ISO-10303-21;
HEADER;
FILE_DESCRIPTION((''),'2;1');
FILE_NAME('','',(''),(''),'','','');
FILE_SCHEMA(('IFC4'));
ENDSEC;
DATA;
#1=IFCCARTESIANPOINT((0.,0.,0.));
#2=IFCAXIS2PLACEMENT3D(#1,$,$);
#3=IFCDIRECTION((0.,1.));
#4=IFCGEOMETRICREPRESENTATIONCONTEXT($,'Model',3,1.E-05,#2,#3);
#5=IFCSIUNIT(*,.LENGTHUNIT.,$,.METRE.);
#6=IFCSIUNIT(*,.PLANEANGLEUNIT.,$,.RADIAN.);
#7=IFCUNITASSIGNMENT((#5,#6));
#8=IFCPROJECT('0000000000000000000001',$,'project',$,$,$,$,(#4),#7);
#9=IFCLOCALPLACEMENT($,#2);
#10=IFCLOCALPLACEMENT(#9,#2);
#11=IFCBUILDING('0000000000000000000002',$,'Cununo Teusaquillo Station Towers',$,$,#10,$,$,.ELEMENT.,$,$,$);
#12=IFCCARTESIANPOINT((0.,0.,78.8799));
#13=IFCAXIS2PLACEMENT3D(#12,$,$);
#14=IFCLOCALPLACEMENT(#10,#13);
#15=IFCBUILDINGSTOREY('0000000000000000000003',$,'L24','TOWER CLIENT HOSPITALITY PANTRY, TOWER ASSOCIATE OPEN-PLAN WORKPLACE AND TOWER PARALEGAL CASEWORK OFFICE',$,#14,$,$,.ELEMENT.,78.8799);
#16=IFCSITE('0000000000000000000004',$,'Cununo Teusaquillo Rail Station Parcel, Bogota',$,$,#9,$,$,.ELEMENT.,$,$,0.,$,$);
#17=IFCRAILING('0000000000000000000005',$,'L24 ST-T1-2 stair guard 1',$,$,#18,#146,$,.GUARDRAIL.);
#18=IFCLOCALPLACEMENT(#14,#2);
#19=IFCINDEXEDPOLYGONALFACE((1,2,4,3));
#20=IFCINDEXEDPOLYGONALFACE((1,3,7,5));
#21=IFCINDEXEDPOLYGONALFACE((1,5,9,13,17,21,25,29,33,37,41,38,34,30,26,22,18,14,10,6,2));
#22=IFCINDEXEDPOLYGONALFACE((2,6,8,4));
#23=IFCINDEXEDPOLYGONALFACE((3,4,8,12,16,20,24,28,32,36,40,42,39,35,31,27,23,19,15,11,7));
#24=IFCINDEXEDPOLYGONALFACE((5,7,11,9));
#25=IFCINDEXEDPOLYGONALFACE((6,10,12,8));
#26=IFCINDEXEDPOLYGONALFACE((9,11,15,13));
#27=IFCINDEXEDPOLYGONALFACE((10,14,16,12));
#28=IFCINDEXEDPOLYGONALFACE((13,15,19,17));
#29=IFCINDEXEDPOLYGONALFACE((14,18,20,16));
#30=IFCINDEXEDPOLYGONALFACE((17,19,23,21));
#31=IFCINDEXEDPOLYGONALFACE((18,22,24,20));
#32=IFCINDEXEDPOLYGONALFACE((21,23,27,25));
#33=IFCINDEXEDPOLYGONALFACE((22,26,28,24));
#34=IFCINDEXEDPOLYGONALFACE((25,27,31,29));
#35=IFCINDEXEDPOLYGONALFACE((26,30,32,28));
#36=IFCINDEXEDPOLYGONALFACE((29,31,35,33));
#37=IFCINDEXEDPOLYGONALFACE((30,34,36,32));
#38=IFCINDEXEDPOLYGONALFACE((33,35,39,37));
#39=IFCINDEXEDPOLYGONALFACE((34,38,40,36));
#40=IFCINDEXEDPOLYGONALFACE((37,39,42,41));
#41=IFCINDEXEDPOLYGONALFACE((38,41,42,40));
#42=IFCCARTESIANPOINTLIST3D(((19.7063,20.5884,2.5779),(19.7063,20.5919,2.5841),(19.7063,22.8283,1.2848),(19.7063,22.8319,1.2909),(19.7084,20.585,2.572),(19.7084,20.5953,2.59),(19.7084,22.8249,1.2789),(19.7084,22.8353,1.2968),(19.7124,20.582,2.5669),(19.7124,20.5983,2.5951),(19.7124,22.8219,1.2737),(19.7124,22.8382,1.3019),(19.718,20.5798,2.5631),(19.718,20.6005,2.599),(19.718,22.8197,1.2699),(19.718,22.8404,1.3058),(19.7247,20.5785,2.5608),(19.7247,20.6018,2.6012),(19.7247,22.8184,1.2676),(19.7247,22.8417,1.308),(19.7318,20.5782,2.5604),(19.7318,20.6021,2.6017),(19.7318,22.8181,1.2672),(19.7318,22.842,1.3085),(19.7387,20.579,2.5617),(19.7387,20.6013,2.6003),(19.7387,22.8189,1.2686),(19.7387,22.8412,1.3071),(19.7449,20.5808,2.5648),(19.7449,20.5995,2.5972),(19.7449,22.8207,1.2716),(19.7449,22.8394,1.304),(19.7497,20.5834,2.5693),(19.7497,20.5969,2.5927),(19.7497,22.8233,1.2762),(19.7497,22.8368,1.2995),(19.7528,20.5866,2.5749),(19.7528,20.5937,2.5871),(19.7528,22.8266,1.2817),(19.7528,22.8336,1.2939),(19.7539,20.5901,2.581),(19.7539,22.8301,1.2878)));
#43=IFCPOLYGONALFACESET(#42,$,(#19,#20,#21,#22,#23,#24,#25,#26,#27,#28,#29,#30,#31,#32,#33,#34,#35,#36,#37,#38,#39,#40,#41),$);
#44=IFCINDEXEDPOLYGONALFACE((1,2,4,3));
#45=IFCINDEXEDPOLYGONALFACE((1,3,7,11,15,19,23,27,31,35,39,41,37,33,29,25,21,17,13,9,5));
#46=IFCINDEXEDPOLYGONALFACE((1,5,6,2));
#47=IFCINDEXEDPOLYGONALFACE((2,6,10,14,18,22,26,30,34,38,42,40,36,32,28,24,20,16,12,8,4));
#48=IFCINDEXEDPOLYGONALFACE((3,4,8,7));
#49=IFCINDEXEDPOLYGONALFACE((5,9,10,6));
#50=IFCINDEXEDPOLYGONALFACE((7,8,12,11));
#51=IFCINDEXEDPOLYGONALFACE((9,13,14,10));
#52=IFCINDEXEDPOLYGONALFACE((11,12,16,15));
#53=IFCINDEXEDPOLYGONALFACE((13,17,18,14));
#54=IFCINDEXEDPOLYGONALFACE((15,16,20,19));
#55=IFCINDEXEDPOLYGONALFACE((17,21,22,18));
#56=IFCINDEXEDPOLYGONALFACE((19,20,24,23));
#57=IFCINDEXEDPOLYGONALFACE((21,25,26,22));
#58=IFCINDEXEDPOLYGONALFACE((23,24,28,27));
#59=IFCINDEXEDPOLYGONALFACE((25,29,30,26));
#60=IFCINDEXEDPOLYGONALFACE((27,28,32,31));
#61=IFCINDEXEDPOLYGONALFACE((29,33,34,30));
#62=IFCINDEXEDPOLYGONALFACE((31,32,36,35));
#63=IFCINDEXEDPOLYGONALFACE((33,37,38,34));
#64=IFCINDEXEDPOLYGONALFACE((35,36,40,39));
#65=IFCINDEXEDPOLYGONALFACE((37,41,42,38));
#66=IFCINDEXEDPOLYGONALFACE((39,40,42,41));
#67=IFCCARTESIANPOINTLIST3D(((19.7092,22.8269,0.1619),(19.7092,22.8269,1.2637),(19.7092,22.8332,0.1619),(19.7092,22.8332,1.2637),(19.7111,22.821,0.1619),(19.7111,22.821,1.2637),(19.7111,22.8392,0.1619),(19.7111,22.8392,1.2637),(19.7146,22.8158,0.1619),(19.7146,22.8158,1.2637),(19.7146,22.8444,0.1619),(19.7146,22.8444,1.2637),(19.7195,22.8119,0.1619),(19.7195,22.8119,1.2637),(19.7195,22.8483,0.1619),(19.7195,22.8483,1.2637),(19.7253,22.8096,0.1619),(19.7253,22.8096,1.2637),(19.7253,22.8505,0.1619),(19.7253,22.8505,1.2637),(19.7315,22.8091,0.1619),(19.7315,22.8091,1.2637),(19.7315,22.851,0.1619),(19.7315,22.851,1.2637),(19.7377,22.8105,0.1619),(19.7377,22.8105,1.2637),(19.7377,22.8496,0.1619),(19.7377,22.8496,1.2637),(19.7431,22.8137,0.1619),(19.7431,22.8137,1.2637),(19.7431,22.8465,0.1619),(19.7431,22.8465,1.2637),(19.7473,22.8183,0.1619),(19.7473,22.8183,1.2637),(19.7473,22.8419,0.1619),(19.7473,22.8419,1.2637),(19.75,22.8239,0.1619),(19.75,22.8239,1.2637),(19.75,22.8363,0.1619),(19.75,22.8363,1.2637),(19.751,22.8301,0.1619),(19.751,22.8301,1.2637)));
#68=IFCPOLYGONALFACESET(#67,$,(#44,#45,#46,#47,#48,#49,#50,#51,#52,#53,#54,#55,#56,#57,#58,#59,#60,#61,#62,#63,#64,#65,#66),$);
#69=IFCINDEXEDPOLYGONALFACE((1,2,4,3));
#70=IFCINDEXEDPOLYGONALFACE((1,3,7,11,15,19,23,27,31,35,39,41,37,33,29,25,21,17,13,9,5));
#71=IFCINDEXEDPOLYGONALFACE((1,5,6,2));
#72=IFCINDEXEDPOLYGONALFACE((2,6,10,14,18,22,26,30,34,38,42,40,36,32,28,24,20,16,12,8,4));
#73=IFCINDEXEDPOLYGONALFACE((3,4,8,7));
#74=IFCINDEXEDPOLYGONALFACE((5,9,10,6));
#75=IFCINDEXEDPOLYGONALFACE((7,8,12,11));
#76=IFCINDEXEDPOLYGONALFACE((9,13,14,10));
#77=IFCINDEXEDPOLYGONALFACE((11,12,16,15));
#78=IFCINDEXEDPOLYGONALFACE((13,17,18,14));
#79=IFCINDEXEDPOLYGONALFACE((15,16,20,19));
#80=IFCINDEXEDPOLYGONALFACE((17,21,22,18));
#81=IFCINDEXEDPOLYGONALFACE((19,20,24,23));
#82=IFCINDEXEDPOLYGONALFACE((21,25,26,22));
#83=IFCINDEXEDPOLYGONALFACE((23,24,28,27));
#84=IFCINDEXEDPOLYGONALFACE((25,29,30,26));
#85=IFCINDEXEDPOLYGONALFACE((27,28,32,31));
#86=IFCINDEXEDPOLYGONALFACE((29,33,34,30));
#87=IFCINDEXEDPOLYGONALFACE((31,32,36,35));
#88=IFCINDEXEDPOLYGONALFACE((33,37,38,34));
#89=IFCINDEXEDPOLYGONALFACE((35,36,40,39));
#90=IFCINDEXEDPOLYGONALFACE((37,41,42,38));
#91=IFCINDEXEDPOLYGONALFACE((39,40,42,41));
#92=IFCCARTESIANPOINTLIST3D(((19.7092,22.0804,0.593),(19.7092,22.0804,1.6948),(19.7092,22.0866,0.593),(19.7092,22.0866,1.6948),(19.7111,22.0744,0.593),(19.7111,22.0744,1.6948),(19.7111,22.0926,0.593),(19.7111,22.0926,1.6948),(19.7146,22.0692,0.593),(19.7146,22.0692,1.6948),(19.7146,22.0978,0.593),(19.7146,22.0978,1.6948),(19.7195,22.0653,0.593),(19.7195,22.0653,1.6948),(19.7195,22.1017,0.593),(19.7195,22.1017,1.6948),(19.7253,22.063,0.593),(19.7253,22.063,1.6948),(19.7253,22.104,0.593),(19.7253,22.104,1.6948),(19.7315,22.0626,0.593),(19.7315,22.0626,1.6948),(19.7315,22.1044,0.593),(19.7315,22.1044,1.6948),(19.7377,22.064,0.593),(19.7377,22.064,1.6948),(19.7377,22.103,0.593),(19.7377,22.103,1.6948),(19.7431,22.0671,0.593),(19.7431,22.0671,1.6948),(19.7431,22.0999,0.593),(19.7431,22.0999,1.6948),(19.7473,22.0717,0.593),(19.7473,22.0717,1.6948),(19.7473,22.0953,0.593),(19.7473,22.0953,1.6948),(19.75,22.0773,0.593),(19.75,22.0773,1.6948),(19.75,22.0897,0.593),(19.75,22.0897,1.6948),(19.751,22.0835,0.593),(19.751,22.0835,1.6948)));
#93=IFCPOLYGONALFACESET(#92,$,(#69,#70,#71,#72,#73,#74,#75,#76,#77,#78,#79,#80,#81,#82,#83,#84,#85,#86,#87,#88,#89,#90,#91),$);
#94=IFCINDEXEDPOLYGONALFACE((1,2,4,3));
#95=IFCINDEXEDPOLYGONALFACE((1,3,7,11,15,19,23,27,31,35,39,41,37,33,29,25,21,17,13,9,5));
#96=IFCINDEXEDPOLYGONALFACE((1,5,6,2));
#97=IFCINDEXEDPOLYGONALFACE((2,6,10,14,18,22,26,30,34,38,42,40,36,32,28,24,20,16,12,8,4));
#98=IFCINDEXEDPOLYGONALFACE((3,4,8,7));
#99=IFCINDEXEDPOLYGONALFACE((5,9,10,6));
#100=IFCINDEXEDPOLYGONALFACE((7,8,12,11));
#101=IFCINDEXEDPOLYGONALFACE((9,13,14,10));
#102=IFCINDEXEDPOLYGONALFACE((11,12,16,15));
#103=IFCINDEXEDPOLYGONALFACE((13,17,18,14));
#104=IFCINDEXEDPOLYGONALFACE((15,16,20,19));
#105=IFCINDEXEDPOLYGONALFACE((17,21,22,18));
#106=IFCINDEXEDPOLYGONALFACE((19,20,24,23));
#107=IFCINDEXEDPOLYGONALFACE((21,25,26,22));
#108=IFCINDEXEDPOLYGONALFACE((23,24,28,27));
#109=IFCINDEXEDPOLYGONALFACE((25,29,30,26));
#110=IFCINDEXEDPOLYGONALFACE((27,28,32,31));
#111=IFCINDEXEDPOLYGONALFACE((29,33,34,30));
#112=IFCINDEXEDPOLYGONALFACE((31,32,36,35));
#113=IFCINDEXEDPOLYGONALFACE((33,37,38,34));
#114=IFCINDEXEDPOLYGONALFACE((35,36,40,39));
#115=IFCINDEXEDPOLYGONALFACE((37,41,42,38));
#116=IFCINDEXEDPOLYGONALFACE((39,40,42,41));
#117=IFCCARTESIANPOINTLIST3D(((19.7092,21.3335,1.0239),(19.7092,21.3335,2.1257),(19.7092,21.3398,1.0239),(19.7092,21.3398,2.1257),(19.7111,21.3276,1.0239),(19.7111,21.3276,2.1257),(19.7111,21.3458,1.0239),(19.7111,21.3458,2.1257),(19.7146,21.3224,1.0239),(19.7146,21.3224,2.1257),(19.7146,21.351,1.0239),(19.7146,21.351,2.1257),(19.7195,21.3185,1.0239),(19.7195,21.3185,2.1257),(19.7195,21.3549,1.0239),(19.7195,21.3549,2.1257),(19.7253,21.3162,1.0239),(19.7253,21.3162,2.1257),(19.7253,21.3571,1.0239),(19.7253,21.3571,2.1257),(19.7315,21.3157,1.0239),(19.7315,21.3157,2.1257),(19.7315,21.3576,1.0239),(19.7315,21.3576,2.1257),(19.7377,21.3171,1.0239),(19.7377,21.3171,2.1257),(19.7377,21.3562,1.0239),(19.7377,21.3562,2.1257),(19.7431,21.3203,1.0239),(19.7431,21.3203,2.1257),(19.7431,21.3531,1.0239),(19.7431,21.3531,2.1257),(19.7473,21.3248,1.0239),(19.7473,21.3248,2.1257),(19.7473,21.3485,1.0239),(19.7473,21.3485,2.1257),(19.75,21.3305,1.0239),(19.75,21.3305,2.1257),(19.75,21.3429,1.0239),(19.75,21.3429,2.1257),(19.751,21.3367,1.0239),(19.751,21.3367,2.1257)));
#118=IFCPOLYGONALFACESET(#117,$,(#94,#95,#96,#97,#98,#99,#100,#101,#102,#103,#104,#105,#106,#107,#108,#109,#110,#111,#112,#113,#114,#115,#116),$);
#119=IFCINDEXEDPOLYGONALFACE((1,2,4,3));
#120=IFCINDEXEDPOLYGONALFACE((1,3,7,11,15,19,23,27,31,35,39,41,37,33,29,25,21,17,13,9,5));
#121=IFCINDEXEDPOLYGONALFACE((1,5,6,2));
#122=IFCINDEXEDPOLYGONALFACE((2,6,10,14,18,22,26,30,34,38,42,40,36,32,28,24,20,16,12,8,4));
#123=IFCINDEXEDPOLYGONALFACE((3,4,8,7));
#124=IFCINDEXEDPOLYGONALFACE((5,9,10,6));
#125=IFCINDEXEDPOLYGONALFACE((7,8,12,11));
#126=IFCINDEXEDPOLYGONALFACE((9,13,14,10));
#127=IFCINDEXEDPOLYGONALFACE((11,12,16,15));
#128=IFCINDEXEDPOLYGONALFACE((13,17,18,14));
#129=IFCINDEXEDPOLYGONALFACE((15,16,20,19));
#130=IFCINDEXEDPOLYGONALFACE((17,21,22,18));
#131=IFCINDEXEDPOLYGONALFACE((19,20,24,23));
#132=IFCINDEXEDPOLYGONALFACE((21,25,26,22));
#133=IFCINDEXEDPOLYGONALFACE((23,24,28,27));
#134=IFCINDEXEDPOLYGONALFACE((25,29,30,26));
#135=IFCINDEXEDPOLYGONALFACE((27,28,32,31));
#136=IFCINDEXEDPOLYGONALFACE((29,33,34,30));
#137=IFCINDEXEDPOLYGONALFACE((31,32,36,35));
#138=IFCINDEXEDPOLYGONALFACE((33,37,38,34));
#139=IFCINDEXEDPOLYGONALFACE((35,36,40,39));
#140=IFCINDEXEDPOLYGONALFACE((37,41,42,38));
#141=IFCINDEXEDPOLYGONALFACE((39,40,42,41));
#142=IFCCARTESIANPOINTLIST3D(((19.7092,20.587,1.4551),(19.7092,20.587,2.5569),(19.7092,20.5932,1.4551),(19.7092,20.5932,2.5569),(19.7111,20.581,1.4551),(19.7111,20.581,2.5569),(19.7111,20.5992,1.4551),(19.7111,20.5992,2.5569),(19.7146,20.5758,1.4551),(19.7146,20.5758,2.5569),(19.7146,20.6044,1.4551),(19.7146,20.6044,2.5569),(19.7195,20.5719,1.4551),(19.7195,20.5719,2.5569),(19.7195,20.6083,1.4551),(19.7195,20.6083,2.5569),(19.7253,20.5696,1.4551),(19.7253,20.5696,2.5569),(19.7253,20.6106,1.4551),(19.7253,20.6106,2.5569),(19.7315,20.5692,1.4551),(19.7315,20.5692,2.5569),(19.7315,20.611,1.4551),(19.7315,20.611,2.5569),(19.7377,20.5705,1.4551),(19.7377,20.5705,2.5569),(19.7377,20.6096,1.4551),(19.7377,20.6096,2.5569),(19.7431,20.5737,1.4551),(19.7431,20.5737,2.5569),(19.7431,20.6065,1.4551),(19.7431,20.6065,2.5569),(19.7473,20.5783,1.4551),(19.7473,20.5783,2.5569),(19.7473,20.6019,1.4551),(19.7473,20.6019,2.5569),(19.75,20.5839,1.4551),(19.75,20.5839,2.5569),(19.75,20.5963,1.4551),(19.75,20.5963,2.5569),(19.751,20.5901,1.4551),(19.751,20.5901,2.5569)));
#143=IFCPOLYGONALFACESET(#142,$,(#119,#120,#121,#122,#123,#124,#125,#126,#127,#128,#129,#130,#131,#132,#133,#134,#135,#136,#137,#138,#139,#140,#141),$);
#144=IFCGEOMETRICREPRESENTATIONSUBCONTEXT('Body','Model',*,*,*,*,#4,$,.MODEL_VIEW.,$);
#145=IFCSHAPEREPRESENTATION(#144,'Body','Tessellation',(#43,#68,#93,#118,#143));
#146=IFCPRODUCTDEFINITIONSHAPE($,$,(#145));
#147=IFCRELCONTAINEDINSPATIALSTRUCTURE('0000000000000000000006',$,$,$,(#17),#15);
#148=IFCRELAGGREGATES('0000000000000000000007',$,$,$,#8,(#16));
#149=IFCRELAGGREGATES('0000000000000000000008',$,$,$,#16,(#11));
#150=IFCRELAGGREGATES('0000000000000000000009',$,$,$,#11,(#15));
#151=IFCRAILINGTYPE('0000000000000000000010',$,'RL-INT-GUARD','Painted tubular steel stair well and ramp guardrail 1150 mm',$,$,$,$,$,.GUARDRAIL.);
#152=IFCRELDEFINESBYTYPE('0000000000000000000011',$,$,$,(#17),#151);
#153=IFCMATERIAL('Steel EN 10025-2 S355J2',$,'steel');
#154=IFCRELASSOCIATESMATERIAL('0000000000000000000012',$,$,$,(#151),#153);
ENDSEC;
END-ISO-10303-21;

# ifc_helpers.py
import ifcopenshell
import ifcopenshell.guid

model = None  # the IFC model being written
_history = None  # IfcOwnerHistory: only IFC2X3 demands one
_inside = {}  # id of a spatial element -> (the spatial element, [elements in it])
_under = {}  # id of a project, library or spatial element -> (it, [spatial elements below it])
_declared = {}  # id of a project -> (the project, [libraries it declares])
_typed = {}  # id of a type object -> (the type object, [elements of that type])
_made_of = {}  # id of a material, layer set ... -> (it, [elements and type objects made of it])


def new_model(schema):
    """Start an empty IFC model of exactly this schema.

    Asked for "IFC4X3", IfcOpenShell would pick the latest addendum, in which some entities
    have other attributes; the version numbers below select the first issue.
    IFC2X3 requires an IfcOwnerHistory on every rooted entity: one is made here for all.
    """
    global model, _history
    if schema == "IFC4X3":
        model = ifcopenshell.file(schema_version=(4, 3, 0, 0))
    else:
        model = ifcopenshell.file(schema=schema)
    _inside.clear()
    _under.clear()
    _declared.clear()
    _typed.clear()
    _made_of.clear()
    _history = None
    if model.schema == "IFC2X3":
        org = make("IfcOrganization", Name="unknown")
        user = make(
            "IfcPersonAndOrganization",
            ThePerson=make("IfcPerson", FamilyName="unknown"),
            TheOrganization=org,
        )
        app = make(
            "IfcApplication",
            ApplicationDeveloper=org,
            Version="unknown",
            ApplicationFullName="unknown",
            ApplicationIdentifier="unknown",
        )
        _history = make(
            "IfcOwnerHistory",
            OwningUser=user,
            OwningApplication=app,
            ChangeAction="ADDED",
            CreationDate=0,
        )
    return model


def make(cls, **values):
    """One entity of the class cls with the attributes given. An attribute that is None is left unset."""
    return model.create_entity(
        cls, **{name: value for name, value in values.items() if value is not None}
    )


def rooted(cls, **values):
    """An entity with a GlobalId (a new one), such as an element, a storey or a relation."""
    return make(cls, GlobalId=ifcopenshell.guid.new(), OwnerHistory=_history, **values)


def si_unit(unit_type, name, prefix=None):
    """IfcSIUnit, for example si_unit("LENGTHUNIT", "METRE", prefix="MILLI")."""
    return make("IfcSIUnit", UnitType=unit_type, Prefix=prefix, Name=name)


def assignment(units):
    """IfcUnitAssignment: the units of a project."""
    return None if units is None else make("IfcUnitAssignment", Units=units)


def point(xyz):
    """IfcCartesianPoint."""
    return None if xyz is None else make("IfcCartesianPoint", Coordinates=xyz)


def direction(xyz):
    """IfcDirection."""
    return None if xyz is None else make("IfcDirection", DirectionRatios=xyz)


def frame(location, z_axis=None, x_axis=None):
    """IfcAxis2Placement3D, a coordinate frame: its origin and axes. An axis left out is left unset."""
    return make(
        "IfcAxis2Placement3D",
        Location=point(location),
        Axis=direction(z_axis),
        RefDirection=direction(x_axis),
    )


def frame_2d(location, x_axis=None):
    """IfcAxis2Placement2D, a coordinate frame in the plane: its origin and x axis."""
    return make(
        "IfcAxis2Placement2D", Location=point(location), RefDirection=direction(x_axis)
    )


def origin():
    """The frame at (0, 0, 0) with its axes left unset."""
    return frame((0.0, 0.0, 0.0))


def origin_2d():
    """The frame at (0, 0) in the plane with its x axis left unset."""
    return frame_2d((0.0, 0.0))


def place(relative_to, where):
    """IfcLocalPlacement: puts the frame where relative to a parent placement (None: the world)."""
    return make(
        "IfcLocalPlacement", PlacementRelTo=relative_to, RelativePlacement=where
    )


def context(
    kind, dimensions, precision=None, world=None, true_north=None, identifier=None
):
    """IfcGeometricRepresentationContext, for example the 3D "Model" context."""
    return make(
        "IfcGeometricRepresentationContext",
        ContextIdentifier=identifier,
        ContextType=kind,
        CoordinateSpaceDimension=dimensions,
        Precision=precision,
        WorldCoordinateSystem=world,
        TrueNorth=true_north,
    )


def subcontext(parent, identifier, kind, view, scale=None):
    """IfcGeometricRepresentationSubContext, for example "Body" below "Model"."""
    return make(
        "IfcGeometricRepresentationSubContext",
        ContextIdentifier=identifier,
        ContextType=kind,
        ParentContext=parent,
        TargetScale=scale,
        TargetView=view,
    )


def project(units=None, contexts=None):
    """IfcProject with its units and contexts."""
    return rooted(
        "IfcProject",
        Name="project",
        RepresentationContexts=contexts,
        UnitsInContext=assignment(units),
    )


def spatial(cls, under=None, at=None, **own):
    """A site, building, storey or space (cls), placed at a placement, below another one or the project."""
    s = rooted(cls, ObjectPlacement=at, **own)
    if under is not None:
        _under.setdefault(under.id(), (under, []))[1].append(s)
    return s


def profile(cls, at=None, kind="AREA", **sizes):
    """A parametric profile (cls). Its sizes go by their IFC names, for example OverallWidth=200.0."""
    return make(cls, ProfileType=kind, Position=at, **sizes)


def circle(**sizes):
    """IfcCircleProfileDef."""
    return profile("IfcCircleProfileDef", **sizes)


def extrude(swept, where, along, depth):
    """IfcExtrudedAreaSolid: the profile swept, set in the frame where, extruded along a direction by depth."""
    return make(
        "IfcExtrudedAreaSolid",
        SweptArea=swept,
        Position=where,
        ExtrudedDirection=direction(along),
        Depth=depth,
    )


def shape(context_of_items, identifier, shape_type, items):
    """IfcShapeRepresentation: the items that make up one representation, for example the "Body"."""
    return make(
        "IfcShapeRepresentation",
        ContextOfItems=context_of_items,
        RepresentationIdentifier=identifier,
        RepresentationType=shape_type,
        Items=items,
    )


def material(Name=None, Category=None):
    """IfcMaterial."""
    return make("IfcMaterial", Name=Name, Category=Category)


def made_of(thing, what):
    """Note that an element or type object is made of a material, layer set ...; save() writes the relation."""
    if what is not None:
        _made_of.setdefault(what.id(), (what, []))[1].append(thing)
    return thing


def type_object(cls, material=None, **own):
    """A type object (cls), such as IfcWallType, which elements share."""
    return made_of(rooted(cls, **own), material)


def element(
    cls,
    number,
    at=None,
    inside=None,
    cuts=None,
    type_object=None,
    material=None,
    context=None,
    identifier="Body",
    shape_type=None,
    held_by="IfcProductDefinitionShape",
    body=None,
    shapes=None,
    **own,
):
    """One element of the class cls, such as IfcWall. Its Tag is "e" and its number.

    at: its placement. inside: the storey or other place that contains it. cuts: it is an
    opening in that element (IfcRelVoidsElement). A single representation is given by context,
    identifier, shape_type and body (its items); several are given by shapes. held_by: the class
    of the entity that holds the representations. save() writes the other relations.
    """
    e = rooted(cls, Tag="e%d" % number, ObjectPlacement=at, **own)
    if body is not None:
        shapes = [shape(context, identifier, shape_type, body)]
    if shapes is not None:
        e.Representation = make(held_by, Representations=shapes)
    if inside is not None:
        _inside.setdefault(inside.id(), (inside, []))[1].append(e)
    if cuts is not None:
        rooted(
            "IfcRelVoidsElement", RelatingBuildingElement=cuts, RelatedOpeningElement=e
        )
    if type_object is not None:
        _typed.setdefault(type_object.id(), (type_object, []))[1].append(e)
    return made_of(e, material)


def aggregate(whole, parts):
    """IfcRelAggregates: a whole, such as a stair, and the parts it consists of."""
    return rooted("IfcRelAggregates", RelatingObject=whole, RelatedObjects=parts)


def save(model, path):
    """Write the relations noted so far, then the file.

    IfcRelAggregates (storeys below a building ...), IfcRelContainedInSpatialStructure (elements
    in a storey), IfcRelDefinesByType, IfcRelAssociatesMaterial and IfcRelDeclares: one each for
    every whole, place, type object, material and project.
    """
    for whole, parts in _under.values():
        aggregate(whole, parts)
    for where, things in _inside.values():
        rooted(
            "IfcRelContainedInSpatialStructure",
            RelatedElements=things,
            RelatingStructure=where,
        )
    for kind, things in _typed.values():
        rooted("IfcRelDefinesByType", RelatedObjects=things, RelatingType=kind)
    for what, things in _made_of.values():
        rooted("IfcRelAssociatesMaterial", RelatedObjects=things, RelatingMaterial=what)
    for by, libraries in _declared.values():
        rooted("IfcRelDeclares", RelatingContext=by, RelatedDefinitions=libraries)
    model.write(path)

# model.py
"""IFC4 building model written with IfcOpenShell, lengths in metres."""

from ifc_helpers import new_model, si_unit, direction, frame, origin, origin_2d, place, context, subcontext, project, spatial, circle, extrude, material, type_object, element, save


model = new_model("IFC4")

# Units and contexts
model_context = context("Model", 3, precision=1e-05, world=origin(), true_north=direction((0.0, 1.0)))
body_context = subcontext(model_context, "Body", "Model", "MODEL_VIEW")
ifc_project = project(units=[si_unit("LENGTHUNIT", "METRE"), si_unit("PLANEANGLEUNIT", "RADIAN")], contexts=[model_context])

# Site, building, storey
site_placement = place(None, origin())
site = spatial("IfcSite", under=ifc_project, at=site_placement, Name="Cununo Teusaquillo Rail Station Parcel, Bogota", CompositionType="ELEMENT", RefElevation=0.0)
building_placement = place(site_placement, origin())
building = spatial("IfcBuilding", under=site, at=building_placement, Name="Cununo Teusaquillo Station Towers", CompositionType="ELEMENT")
storey_placement = place(building_placement, frame((0.0, 0.0, 78.8799)))
storey = spatial("IfcBuildingStorey", under=building, at=storey_placement, Name="L24", Description="TOWER CLIENT HOSPITALITY PANTRY, TOWER ASSOCIATE OPEN-PLAN WORKPLACE AND TOWER PARALEGAL CASEWORK OFFICE", CompositionType="ELEMENT", Elevation=78.8799)

# Railing
ifc_material_1 = material(Name="Steel EN 10025-2 S355J2", Category="steel")
railing_type_1 = type_object("IfcRailingType", Name="RL-INT-GUARD", Description="Painted tubular steel stair well and ramp guardrail 1150 mm", PredefinedType="GUARDRAIL", material=ifc_material_1)
railing_1_placement = place(storey_placement, frame((19.73, 22.8301, 0.1619)))
element("IfcRailing", 1, at=railing_1_placement, inside=storey, type_object=railing_type_1, Name="L24 ST-T1-2 stair guard 1", PredefinedType="GUARDRAIL", context=body_context, shape_type="SweptSolid", body=[
    extrude(circle(Radius=0.0239, at=origin_2d()), frame((0.0, 0.0, 1.126), z_axis=(0.0, -0.866033, 0.499987), x_axis=(1.0, 0.0, 0.0)), (0.0, 0.0, 1.0), 2.5864),
    extrude(circle(Radius=0.021, at=origin_2d()), origin(), (0.0, 0.0, 1.0), 1.1018),
    extrude(circle(Radius=0.021, at=origin_2d()), frame((0.0, -0.7466, 0.4312)), (0.0, 0.0, 1.0), 1.1018),
    extrude(circle(Radius=0.021, at=origin_2d()), frame((0.0, -1.4934, 0.8621)), (0.0, 0.0, 1.0), 1.1018),
    extrude(circle(Radius=0.021, at=origin_2d()), frame((0.0, -2.24, 1.2932)), (0.0, 0.0, 1.0), 1.1018),
])

save(model, "model.ifc")
